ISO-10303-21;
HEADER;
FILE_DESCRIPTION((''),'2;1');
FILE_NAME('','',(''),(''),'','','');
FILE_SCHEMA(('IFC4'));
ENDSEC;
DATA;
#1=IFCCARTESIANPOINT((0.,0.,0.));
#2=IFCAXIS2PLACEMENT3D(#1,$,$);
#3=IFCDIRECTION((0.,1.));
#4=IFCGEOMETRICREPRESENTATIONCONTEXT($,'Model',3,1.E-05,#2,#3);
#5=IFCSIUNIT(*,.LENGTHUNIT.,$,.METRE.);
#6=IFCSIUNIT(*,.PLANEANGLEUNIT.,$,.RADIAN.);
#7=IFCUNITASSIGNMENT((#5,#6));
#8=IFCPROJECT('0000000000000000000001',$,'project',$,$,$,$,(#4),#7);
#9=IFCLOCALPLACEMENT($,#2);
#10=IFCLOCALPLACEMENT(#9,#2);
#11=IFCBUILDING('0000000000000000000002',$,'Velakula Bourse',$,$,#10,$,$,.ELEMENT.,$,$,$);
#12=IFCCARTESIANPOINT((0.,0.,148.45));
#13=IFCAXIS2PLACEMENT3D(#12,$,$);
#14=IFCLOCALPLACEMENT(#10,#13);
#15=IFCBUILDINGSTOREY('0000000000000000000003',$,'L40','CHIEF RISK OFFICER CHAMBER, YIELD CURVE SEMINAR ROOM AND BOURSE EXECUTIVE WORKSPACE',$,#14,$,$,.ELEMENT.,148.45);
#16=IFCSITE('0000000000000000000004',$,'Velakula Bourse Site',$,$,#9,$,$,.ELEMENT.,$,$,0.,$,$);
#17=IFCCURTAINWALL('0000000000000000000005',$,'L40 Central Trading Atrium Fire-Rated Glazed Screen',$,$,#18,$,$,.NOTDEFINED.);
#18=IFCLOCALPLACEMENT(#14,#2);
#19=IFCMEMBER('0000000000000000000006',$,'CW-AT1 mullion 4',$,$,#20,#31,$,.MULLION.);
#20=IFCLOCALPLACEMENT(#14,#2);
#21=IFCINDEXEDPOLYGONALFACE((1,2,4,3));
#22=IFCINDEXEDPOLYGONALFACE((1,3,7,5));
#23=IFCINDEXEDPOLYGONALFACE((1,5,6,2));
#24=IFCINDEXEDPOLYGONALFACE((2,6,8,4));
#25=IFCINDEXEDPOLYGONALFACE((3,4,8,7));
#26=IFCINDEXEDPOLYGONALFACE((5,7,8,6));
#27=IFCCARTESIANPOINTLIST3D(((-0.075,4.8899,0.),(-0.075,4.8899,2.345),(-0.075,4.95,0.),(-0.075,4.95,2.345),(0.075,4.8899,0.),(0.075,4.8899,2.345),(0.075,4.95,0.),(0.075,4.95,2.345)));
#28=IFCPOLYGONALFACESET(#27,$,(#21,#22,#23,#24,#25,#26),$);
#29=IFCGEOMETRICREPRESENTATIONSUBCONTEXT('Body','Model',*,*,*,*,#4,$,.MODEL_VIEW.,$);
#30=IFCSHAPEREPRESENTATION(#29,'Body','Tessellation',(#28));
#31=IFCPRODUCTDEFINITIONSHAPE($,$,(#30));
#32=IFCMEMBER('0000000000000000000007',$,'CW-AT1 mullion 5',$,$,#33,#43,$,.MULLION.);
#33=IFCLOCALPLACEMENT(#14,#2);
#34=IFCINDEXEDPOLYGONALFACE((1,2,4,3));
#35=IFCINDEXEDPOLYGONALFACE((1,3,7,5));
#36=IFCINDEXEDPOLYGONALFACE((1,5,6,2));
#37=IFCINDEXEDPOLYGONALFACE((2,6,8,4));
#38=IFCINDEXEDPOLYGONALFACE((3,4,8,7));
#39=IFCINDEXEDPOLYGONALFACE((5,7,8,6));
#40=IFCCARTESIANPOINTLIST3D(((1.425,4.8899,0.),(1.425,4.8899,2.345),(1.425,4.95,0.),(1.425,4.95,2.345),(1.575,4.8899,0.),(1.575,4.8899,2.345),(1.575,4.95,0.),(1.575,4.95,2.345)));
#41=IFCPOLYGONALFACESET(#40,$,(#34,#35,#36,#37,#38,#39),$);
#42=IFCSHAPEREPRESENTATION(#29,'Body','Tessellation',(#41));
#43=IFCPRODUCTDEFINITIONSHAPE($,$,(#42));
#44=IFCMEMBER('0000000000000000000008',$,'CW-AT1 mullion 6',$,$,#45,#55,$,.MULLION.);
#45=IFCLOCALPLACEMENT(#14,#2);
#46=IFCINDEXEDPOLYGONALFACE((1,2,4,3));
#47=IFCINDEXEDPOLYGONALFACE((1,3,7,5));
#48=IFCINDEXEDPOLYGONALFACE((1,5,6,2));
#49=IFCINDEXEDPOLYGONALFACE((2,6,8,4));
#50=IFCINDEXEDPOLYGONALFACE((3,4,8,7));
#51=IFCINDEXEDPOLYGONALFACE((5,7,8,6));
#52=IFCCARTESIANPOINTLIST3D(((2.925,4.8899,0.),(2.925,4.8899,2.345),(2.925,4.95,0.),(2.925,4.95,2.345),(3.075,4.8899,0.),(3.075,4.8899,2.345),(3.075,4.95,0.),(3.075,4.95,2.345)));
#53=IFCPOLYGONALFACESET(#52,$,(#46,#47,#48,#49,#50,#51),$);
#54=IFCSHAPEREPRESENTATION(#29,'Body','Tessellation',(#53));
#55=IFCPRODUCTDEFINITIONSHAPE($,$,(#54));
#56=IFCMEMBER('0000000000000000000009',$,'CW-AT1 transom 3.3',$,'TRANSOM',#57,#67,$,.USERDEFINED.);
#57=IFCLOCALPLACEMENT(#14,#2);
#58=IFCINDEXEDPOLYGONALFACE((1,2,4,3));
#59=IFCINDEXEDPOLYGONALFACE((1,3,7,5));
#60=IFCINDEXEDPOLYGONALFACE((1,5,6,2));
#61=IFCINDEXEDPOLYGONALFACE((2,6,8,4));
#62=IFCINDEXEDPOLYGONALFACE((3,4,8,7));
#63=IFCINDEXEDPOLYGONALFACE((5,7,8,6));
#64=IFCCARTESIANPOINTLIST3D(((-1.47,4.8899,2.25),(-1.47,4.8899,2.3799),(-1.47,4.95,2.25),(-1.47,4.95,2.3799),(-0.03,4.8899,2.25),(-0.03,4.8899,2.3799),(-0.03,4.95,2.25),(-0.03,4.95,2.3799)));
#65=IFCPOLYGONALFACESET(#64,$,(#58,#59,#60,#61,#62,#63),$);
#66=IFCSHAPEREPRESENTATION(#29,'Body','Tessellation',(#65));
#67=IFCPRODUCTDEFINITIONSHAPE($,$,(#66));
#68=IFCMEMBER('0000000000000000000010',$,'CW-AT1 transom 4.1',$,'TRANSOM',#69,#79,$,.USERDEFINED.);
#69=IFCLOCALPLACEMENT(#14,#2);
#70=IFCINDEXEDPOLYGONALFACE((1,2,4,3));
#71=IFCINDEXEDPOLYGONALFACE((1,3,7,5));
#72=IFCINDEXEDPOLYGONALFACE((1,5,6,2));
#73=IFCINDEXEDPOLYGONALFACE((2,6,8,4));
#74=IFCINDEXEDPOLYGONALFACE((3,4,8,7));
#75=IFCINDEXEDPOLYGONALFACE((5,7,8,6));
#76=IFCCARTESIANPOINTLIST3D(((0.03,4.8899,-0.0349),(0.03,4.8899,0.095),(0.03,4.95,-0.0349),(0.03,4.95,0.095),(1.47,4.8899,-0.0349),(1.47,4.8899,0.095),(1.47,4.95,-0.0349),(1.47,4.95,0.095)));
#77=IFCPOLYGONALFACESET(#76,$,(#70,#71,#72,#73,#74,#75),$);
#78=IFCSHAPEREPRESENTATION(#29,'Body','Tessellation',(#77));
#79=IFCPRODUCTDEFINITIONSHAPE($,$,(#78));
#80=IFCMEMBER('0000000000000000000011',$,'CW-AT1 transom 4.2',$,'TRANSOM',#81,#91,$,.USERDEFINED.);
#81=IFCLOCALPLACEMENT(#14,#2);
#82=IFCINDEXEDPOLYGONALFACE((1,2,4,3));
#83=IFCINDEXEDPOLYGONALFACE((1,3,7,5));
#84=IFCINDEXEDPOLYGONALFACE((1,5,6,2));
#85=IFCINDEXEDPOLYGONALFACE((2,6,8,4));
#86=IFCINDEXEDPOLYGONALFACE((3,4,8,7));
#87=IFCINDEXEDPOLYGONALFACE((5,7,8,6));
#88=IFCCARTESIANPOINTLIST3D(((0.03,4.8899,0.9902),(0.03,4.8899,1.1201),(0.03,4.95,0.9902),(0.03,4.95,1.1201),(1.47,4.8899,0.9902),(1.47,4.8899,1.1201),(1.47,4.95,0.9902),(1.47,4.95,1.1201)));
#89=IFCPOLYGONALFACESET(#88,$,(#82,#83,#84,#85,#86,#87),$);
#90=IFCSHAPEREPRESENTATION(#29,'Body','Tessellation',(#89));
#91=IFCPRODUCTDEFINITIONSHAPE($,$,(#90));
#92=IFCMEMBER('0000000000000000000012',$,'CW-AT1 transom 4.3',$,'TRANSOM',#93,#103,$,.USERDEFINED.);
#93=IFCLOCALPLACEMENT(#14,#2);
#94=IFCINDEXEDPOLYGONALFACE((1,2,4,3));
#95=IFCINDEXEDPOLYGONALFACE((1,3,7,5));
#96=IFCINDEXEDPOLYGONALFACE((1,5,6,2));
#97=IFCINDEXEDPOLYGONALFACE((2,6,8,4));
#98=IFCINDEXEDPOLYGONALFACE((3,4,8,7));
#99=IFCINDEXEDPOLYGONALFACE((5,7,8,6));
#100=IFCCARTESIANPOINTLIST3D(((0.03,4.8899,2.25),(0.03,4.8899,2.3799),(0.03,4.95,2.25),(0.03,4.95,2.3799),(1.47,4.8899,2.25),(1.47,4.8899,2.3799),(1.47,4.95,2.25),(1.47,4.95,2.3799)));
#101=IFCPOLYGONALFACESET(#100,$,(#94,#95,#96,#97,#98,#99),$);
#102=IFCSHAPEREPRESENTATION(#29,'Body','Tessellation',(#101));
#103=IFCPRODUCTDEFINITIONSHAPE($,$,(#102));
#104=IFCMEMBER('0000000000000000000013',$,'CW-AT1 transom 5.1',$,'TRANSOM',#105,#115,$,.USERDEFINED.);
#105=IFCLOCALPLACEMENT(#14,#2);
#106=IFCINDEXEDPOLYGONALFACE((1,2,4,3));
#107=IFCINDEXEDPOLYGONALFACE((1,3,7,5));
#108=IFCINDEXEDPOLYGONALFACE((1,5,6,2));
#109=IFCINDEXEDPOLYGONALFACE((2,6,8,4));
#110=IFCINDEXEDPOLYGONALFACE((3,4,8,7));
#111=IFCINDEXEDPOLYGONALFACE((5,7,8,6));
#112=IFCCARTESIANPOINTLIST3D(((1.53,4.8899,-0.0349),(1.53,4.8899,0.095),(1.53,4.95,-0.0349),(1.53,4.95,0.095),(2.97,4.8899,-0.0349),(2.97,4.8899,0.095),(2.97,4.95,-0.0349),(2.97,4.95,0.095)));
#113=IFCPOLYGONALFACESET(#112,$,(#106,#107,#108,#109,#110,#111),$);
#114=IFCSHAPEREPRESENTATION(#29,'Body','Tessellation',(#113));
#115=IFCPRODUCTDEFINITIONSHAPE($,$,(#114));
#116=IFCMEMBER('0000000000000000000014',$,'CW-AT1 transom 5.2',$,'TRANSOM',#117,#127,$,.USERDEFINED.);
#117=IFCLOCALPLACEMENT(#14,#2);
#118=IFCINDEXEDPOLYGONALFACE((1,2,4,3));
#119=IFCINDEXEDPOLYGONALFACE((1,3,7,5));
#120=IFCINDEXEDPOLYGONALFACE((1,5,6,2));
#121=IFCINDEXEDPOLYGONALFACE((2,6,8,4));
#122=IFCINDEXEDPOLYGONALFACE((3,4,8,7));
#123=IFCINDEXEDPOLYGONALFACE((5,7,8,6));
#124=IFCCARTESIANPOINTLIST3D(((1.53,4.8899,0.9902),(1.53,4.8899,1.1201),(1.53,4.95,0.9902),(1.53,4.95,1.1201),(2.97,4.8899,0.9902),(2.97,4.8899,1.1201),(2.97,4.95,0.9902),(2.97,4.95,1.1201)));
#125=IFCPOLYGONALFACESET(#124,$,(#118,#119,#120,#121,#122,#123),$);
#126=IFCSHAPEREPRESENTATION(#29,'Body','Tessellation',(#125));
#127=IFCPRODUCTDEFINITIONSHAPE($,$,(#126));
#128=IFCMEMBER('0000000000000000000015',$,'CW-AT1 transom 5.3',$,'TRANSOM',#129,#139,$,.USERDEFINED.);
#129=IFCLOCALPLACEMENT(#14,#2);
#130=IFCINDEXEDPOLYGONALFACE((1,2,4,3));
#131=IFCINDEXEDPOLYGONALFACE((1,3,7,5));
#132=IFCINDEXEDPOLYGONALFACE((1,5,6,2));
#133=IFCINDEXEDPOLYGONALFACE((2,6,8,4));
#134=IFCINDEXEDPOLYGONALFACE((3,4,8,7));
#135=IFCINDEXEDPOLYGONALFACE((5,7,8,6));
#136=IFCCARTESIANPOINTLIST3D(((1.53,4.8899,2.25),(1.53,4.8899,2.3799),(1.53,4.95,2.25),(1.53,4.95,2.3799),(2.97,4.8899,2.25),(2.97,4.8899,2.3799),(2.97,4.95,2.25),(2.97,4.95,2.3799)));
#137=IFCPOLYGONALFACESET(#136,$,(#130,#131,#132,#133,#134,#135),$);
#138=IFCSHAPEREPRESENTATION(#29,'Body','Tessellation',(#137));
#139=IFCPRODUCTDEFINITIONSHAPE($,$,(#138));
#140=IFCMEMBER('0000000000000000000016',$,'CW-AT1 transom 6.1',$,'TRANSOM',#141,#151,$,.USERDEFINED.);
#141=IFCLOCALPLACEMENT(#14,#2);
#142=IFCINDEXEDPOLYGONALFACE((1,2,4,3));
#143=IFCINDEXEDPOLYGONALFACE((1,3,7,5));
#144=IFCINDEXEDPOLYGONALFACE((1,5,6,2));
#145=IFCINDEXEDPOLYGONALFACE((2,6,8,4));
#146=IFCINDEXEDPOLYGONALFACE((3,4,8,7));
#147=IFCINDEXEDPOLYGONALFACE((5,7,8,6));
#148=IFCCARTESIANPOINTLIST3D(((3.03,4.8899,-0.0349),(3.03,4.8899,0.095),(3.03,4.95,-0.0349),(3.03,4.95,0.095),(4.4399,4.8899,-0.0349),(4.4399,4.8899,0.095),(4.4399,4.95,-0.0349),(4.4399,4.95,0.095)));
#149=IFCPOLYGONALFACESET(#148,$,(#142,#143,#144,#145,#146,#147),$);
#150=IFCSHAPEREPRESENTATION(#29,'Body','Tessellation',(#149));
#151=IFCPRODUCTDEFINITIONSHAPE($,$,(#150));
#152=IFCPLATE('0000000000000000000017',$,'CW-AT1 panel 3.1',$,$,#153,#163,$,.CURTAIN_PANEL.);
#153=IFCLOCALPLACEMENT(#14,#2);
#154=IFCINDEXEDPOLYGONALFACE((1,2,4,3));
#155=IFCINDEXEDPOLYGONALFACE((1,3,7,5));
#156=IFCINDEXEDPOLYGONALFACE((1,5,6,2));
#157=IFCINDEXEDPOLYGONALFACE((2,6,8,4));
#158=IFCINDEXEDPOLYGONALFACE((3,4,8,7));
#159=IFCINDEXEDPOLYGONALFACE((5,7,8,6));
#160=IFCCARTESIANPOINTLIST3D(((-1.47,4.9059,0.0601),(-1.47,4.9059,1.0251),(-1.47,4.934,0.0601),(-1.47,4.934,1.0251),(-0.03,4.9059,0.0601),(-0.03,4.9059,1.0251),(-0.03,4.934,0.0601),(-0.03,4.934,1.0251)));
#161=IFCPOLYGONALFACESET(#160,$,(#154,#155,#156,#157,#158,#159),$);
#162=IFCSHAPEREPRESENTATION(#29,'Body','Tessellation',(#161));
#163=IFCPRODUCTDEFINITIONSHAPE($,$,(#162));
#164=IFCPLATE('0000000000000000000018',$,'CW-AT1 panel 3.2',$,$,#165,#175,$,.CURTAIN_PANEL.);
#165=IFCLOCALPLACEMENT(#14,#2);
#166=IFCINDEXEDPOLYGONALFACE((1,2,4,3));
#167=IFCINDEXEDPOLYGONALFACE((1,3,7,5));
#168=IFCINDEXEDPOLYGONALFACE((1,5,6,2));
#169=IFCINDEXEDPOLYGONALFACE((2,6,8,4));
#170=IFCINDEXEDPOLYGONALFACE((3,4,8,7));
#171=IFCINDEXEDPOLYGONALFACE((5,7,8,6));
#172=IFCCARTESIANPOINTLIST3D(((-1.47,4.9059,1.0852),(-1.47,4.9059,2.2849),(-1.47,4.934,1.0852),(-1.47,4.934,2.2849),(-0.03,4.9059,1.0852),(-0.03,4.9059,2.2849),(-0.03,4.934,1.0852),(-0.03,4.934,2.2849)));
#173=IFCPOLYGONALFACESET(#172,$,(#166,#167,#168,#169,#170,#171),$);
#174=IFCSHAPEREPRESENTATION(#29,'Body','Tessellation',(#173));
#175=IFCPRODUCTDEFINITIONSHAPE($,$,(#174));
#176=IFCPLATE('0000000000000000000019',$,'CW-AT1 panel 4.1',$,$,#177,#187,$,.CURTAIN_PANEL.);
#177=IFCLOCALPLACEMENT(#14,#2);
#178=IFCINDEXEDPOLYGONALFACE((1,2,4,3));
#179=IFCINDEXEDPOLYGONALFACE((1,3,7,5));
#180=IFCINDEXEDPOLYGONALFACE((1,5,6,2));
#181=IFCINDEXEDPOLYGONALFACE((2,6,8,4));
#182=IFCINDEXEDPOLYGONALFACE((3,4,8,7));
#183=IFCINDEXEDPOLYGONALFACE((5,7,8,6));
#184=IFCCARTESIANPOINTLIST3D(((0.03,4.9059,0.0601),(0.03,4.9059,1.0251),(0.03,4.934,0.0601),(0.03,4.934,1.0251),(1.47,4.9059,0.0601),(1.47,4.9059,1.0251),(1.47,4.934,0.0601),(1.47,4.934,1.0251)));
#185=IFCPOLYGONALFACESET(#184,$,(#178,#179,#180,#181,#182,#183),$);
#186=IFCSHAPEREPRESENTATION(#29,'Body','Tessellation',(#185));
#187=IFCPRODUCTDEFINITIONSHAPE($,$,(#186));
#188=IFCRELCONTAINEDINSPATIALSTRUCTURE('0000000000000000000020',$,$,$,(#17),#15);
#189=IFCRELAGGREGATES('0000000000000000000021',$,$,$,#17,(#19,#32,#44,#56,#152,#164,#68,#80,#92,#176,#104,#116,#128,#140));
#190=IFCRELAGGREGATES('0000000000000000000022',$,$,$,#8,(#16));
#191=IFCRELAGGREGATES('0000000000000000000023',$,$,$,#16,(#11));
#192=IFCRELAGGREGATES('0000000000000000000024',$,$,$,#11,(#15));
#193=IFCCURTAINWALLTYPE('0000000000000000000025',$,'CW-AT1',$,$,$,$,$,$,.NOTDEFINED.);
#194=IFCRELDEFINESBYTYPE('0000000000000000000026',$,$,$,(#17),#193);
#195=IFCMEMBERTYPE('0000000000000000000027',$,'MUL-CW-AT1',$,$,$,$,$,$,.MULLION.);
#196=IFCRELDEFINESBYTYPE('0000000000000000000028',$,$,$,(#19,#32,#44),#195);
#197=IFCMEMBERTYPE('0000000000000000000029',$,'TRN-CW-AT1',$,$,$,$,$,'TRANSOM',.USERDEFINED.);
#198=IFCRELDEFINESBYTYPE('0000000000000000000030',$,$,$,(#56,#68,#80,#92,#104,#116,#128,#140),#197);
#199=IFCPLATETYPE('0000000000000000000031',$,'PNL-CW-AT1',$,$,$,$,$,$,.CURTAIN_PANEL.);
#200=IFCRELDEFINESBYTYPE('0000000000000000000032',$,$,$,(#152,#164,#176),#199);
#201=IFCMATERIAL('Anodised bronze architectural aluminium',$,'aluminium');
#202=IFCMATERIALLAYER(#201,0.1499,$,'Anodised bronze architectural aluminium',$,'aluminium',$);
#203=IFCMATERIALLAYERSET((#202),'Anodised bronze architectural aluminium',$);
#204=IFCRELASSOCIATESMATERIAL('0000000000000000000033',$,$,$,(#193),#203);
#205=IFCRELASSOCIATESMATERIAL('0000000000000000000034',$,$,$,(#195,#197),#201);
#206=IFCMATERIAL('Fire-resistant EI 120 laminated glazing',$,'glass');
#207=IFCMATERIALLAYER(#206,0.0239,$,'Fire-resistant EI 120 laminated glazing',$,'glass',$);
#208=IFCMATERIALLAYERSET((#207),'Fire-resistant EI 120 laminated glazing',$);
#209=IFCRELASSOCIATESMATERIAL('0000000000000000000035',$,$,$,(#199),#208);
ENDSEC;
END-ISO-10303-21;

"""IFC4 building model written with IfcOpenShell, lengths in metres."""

from ifc_helpers import new_model, si_unit, direction, frame, origin, origin_2d, place, context, subcontext, project, spatial, rectangle, extrude, material, layer, layer_set, material_profile, profile_set, type_object, element, aggregate, save


model = new_model("IFC4")

# Units and contexts
model_context = context("Model", 3, precision=1e-05, world=origin(), true_north=direction((0.0, 1.0)))
body_context = subcontext(model_context, "Body", "Model", "MODEL_VIEW")
ifc_project = project(units=[si_unit("LENGTHUNIT", "METRE"), si_unit("PLANEANGLEUNIT", "RADIAN")], contexts=[model_context])

# Site, building, storey
site_placement = place(None, origin())
site = spatial("IfcSite", under=ifc_project, at=site_placement, Name="Velakula Bourse Site", CompositionType="ELEMENT", RefElevation=0.0)
building_placement = place(site_placement, origin())
building = spatial("IfcBuilding", under=site, at=building_placement, Name="Velakula Bourse", CompositionType="ELEMENT")
storey_placement = place(building_placement, frame((0.0, 0.0, 148.45)))
storey = spatial("IfcBuildingStorey", under=building, at=storey_placement, Name="L40", Description="CHIEF RISK OFFICER CHAMBER, YIELD CURVE SEMINAR ROOM AND BOURSE EXECUTIVE WORKSPACE", CompositionType="ELEMENT", Elevation=148.45)

# Curtain wall, members, plates
ifc_material_1 = material(Name="Anodised bronze architectural aluminium", Category="aluminium")
ifc_layer_1 = layer(ifc_material_1, 0.1499, Name="Anodised bronze architectural aluminium", Category="aluminium")
ifc_layer_set_1 = layer_set([ifc_layer_1], Name="Anodised bronze architectural aluminium")
curtain_wall_type = type_object("IfcCurtainWallType", Name="CW-AT1", PredefinedType="NOTDEFINED", material=ifc_layer_set_1)
curtain_wall_placement = place(storey_placement, origin())
curtain_wall = element("IfcCurtainWall", 1, at=curtain_wall_placement, inside=storey, type_object=curtain_wall_type, Name="L40 Central Trading Atrium Fire-Rated Glazed Screen", PredefinedType="NOTDEFINED")
ifc_material_profile_1 = material_profile(ifc_material_1, rectangle(XDim=0.0601, YDim=0.1499, at=origin_2d()), Name="Anodised bronze architectural aluminium")
ifc_profile_set_1 = profile_set([ifc_material_profile_1], Name="Anodised bronze architectural aluminium")
member_type_1 = type_object("IfcMemberType", Name="MUL-CW-AT1", PredefinedType="MULLION", material=ifc_profile_set_1)
member_1_placement = place(storey_placement, frame((0.0, 4.9199, 0.0), z_axis=(0.0, 0.0, 1.0), x_axis=(0.0, 1.0, 0.0)))
member_1 = element("IfcMember", 2, at=member_1_placement, type_object=member_type_1, Name="CW-AT1 mullion 4", PredefinedType="MULLION", context=body_context, shape_type="SweptSolid", body=[
    extrude(rectangle(XDim=0.0601, YDim=0.1499, at=origin_2d()), origin(), (0.0, 0.0, 1.0), 2.345),
])
member_2_placement = place(storey_placement, frame((1.5, 4.9199, 0.0), z_axis=(0.0, 0.0, 1.0), x_axis=(0.0, 1.0, 0.0)))
member_2 = element("IfcMember", 3, at=member_2_placement, type_object=member_type_1, Name="CW-AT1 mullion 5", PredefinedType="MULLION", context=body_context, shape_type="SweptSolid", body=[
    extrude(rectangle(XDim=0.0601, YDim=0.1499, at=origin_2d()), origin(), (0.0, 0.0, 1.0), 2.345),
])
member_3_placement = place(storey_placement, frame((3.0, 4.9199, 0.0), z_axis=(0.0, 0.0, 1.0), x_axis=(0.0, 1.0, 0.0)))
member_3 = element("IfcMember", 4, at=member_3_placement, type_object=member_type_1, Name="CW-AT1 mullion 6", PredefinedType="MULLION", context=body_context, shape_type="SweptSolid", body=[
    extrude(rectangle(XDim=0.0601, YDim=0.1499, at=origin_2d()), origin(), (0.0, 0.0, 1.0), 2.345),
])
ifc_material_profile_2 = material_profile(ifc_material_1, rectangle(XDim=0.0601, YDim=0.1299, at=origin_2d()), Name="Anodised bronze architectural aluminium")
ifc_profile_set_2 = profile_set([ifc_material_profile_2], Name="Anodised bronze architectural aluminium")
member_type_2 = type_object("IfcMemberType", Name="TRN-CW-AT1", ElementType="TRANSOM", PredefinedType="USERDEFINED", material=ifc_profile_set_2)
member_4_placement = place(storey_placement, frame((-1.47, 4.9199, 2.3149), z_axis=(1.0, 0.0, 0.0), x_axis=(0.0, 1.0, 0.0)))
member_4 = element("IfcMember", 5, at=member_4_placement, type_object=member_type_2, Name="CW-AT1 transom 3.3", ObjectType="TRANSOM", PredefinedType="USERDEFINED", context=body_context, shape_type="SweptSolid", body=[
    extrude(rectangle(XDim=0.0601, YDim=0.1299, at=origin_2d()), origin(), (0.0, 0.0, 1.0), 1.4399),
])
member_5_placement = place(storey_placement, frame((0.03, 4.9199, 0.03), z_axis=(1.0, 0.0, 0.0), x_axis=(0.0, 1.0, 0.0)))
member_5 = element("IfcMember", 6, at=member_5_placement, type_object=member_type_2, Name="CW-AT1 transom 4.1", ObjectType="TRANSOM", PredefinedType="USERDEFINED", context=body_context, shape_type="SweptSolid", body=[
    extrude(rectangle(XDim=0.0601, YDim=0.1299, at=origin_2d()), origin(), (0.0, 0.0, 1.0), 1.4399),
])
member_6_placement = place(storey_placement, frame((0.03, 4.9199, 1.0552), z_axis=(1.0, 0.0, 0.0), x_axis=(0.0, 1.0, 0.0)))
member_6 = element("IfcMember", 7, at=member_6_placement, type_object=member_type_2, Name="CW-AT1 transom 4.2", ObjectType="TRANSOM", PredefinedType="USERDEFINED", context=body_context, shape_type="SweptSolid", body=[
    extrude(rectangle(XDim=0.0601, YDim=0.1299, at=origin_2d()), origin(), (0.0, 0.0, 1.0), 1.4399),
])
member_7_placement = place(storey_placement, frame((0.03, 4.9199, 2.3149), z_axis=(1.0, 0.0, 0.0), x_axis=(0.0, 1.0, 0.0)))
member_7 = element("IfcMember", 8, at=member_7_placement, type_object=member_type_2, Name="CW-AT1 transom 4.3", ObjectType="TRANSOM", PredefinedType="USERDEFINED", context=body_context, shape_type="SweptSolid", body=[
    extrude(rectangle(XDim=0.0601, YDim=0.1299, at=origin_2d()), origin(), (0.0, 0.0, 1.0), 1.4399),
])
member_8_placement = place(storey_placement, frame((1.53, 4.9199, 0.03), z_axis=(1.0, 0.0, 0.0), x_axis=(0.0, 1.0, 0.0)))
member_8 = element("IfcMember", 9, at=member_8_placement, type_object=member_type_2, Name="CW-AT1 transom 5.1", ObjectType="TRANSOM", PredefinedType="USERDEFINED", context=body_context, shape_type="SweptSolid", body=[
    extrude(rectangle(XDim=0.0601, YDim=0.1299, at=origin_2d()), origin(), (0.0, 0.0, 1.0), 1.4399),
])
member_9_placement = place(storey_placement, frame((1.53, 4.9199, 1.0552), z_axis=(1.0, 0.0, 0.0), x_axis=(0.0, 1.0, 0.0)))
member_9 = element("IfcMember", 10, at=member_9_placement, type_object=member_type_2, Name="CW-AT1 transom 5.2", ObjectType="TRANSOM", PredefinedType="USERDEFINED", context=body_context, shape_type="SweptSolid", body=[
    extrude(rectangle(XDim=0.0601, YDim=0.1299, at=origin_2d()), origin(), (0.0, 0.0, 1.0), 1.4399),
])
member_10_placement = place(storey_placement, frame((1.53, 4.9199, 2.3149), z_axis=(1.0, 0.0, 0.0), x_axis=(0.0, 1.0, 0.0)))
member_10 = element("IfcMember", 11, at=member_10_placement, type_object=member_type_2, Name="CW-AT1 transom 5.3", ObjectType="TRANSOM", PredefinedType="USERDEFINED", context=body_context, shape_type="SweptSolid", body=[
    extrude(rectangle(XDim=0.0601, YDim=0.1299, at=origin_2d()), origin(), (0.0, 0.0, 1.0), 1.4399),
])
member_11_placement = place(storey_placement, frame((3.03, 4.9199, 0.03), z_axis=(1.0, 0.0, 0.0), x_axis=(0.0, 1.0, 0.0)))
member_11 = element("IfcMember", 12, at=member_11_placement, type_object=member_type_2, Name="CW-AT1 transom 6.1", ObjectType="TRANSOM", PredefinedType="USERDEFINED", context=body_context, shape_type="SweptSolid", body=[
    extrude(rectangle(XDim=0.0601, YDim=0.1299, at=origin_2d()), origin(), (0.0, 0.0, 1.0), 1.4099),
])
ifc_material_2 = material(Name="Fire-resistant EI 120 laminated glazing", Category="glass")
ifc_layer_2 = layer(ifc_material_2, 0.0239, Name="Fire-resistant EI 120 laminated glazing", Category="glass")
ifc_layer_set_2 = layer_set([ifc_layer_2], Name="Fire-resistant EI 120 laminated glazing")
plate_type = type_object("IfcPlateType", Name="PNL-CW-AT1", PredefinedType="CURTAIN_PANEL", material=ifc_layer_set_2)
plate_1_placement = place(storey_placement, frame((-0.75, 4.9199, 0.0601), z_axis=(0.0, 0.0, 1.0), x_axis=(1.0, 0.0, 0.0)))
plate_1 = element("IfcPlate", 13, at=plate_1_placement, type_object=plate_type, Name="CW-AT1 panel 3.1", PredefinedType="CURTAIN_PANEL", context=body_context, shape_type="SweptSolid", body=[
    extrude(rectangle(XDim=1.4399, YDim=0.0281, at=origin_2d()), origin(), (0.0, 0.0, 1.0), 0.9651),
])
plate_2_placement = place(storey_placement, frame((-0.75, 4.9199, 1.0852), z_axis=(0.0, 0.0, 1.0), x_axis=(1.0, 0.0, 0.0)))
plate_2 = element("IfcPlate", 14, at=plate_2_placement, type_object=plate_type, Name="CW-AT1 panel 3.2", PredefinedType="CURTAIN_PANEL", context=body_context, shape_type="SweptSolid", body=[
    extrude(rectangle(XDim=1.4399, YDim=0.0281, at=origin_2d()), origin(), (0.0, 0.0, 1.0), 1.1997),
])
plate_3_placement = place(storey_placement, frame((0.75, 4.9199, 0.0601), z_axis=(0.0, 0.0, 1.0), x_axis=(1.0, 0.0, 0.0)))
plate_3 = element("IfcPlate", 15, at=plate_3_placement, type_object=plate_type, Name="CW-AT1 panel 4.1", PredefinedType="CURTAIN_PANEL", context=body_context, shape_type="SweptSolid", body=[
    extrude(rectangle(XDim=1.4399, YDim=0.0281, at=origin_2d()), origin(), (0.0, 0.0, 1.0), 0.9651),
])
aggregate(curtain_wall, [member_1, member_2, member_3, member_4, plate_1, plate_2, member_5, member_6, member_7, plate_3, member_8, member_9, member_10, member_11])

save(model, "model.ifc")
